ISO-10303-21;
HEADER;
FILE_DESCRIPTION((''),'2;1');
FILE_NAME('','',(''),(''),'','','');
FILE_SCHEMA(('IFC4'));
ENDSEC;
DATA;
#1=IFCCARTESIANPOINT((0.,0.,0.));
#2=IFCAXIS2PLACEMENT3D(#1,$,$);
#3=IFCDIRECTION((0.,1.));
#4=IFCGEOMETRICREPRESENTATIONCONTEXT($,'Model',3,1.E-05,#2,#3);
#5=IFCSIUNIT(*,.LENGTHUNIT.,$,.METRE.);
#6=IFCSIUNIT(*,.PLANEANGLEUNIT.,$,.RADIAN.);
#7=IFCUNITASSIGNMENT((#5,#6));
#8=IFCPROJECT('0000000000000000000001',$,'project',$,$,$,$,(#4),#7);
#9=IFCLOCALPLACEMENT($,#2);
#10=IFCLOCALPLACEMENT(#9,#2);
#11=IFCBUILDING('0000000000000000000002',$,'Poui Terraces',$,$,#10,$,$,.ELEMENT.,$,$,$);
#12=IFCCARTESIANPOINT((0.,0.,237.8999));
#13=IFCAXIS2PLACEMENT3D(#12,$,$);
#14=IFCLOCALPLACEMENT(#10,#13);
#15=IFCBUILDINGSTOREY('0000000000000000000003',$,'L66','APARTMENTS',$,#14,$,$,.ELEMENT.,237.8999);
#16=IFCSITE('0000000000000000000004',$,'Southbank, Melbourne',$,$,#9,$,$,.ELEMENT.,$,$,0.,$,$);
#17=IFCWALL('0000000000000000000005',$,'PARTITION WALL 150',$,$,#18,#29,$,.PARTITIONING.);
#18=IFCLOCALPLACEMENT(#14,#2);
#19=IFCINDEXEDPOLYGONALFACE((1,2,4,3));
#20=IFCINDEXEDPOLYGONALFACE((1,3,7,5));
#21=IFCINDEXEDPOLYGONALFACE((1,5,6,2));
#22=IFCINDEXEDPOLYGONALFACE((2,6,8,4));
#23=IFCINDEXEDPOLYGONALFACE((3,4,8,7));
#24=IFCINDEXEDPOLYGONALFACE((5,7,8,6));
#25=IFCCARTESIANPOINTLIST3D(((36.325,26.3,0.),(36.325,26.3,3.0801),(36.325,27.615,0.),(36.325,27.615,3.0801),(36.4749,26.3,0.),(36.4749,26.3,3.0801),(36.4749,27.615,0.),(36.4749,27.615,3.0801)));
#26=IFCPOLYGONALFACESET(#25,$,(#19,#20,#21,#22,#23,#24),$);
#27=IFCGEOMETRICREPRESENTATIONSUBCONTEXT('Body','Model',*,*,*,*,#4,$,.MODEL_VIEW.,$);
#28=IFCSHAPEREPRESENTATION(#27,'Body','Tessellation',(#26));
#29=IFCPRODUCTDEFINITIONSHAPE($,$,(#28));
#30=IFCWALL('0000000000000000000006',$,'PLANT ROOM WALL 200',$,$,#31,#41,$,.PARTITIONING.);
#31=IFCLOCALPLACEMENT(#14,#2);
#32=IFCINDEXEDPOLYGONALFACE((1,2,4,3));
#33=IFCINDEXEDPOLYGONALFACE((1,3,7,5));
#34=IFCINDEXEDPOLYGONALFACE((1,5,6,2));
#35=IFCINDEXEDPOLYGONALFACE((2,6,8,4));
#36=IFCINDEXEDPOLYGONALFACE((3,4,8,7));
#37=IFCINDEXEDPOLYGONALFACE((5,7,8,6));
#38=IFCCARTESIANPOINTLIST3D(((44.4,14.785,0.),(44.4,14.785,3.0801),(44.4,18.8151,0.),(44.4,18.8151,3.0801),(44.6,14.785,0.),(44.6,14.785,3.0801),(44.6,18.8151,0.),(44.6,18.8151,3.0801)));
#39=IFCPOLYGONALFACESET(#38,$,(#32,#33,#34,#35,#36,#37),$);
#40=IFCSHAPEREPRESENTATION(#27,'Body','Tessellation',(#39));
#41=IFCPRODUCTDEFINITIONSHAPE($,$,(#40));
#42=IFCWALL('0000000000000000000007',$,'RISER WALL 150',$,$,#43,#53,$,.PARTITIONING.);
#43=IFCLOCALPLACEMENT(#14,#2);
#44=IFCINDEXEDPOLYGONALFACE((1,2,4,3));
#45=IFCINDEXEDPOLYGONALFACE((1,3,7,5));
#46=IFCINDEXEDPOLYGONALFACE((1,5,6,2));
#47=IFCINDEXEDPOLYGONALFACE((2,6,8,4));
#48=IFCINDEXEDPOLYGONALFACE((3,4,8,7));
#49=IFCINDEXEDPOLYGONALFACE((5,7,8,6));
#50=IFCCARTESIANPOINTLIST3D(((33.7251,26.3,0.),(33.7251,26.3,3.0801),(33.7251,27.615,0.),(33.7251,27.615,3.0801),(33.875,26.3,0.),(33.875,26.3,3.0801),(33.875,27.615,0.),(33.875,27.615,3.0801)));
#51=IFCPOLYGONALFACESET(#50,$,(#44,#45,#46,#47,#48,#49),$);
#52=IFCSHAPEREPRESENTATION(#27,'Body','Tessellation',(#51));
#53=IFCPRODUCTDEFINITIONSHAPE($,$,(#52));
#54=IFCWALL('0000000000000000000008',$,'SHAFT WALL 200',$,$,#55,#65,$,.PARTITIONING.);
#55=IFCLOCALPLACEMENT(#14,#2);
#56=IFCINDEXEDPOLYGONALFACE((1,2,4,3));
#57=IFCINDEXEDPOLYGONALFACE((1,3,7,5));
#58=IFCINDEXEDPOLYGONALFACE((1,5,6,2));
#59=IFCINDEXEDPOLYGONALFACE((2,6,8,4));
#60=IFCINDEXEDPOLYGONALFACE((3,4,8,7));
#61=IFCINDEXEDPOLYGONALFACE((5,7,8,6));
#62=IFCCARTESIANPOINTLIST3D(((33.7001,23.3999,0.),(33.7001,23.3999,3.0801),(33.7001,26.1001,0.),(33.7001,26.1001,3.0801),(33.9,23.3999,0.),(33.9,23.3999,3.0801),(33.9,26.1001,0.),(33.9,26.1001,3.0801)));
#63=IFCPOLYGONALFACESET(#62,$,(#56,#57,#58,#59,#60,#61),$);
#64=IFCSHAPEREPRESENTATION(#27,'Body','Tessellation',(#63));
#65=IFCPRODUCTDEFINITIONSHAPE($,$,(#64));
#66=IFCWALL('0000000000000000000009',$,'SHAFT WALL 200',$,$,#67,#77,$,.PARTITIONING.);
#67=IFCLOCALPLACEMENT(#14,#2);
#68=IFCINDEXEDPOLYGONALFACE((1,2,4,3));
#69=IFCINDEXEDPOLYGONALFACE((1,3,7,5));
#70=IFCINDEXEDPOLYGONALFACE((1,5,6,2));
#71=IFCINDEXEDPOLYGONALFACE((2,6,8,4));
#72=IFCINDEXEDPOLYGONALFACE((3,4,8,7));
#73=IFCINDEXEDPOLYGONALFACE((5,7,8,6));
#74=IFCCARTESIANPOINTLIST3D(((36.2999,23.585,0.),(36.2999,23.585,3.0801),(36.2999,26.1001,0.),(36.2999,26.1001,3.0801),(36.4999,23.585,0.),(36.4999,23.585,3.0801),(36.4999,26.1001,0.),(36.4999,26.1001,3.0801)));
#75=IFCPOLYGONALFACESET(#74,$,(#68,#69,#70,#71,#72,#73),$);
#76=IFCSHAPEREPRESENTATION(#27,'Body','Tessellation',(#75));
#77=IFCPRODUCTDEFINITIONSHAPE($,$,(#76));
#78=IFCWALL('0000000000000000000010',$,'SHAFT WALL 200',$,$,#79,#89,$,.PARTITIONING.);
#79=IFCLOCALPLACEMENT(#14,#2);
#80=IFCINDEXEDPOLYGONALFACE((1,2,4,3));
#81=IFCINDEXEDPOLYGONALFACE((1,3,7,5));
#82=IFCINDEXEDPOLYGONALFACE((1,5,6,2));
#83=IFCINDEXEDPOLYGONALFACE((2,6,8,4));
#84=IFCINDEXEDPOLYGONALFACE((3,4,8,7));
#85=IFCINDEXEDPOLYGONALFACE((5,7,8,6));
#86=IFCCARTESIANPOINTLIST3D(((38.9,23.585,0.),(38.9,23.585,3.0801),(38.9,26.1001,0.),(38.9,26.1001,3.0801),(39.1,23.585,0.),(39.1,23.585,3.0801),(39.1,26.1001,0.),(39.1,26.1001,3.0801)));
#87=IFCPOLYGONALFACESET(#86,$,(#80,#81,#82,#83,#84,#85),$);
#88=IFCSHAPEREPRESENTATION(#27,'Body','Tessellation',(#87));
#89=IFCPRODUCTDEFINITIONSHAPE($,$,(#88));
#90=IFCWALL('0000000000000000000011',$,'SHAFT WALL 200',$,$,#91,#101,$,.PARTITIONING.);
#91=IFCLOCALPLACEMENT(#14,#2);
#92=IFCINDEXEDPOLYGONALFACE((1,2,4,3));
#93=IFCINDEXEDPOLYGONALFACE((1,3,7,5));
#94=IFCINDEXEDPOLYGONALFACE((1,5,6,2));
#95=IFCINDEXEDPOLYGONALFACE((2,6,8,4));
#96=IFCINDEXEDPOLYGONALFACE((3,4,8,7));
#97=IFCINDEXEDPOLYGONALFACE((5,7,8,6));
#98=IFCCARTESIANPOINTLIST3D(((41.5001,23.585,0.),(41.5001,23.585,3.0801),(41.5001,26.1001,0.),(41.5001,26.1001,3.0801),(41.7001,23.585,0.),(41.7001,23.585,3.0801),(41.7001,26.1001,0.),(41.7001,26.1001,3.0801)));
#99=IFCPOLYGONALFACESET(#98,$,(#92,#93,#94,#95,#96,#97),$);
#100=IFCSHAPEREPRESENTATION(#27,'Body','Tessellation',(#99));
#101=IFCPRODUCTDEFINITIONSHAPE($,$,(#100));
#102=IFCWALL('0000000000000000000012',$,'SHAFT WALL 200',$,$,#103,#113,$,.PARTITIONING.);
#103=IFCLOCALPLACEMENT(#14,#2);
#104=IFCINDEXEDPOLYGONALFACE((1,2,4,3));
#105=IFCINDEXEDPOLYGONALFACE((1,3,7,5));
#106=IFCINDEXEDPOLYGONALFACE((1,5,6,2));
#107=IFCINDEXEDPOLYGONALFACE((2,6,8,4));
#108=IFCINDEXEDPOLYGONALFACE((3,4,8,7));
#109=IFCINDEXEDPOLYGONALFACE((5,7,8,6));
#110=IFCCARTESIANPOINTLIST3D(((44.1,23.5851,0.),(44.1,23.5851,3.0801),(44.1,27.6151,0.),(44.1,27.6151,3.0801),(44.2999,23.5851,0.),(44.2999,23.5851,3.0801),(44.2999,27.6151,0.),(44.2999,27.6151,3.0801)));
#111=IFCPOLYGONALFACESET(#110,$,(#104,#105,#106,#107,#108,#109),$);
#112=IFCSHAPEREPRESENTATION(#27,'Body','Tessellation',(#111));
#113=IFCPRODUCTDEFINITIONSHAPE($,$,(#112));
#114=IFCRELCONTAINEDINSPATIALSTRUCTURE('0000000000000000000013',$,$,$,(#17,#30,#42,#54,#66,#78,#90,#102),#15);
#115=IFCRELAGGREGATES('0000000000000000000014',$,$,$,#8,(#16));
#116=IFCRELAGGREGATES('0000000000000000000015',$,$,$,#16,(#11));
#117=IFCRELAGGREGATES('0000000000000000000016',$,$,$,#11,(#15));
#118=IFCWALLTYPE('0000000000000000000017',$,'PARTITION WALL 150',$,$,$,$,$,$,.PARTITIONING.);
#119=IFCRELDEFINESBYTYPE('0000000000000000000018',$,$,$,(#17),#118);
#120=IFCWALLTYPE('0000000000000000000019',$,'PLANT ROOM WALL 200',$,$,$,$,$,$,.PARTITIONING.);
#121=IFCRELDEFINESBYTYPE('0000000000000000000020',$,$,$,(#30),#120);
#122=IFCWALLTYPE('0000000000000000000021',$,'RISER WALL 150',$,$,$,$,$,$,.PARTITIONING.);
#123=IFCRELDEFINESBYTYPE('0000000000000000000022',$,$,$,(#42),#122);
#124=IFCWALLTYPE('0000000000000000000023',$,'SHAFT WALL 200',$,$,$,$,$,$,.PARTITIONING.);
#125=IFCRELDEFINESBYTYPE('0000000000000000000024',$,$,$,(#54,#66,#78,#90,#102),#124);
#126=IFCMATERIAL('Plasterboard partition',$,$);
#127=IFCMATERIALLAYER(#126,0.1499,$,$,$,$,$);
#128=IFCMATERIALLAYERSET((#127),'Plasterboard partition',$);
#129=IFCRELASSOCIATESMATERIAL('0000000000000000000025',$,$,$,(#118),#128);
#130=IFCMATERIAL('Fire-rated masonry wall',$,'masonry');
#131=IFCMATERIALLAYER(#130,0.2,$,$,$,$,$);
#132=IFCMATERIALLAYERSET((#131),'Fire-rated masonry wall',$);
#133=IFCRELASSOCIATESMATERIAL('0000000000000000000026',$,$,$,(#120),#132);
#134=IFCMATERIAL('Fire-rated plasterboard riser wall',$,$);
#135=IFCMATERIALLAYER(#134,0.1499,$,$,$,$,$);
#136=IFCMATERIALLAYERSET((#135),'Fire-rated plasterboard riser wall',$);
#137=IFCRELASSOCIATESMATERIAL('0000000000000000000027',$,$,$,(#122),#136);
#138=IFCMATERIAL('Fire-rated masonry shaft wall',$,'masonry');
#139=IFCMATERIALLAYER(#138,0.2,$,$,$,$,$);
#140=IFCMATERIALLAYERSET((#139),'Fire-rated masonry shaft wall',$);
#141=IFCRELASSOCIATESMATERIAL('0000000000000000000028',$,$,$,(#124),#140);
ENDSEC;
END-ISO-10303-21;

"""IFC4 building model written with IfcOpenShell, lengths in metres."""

from ifc_helpers import new_model, si_unit, direction, frame, frame_2d, origin, place, context, subcontext, project, spatial, rectangle, extrude, material, layer, layer_set, type_object, element, save


model = new_model("IFC4")

# Units and contexts
model_context = context("Model", 3, precision=1e-05, world=origin(), true_north=direction((0.0, 1.0)))
body_context = subcontext(model_context, "Body", "Model", "MODEL_VIEW")
ifc_project = project(units=[si_unit("LENGTHUNIT", "METRE"), si_unit("PLANEANGLEUNIT", "RADIAN")], contexts=[model_context])

# Site, building, storey
site_placement = place(None, origin())
site = spatial("IfcSite", under=ifc_project, at=site_placement, Name="Southbank, Melbourne", CompositionType="ELEMENT", RefElevation=0.0)
building_placement = place(site_placement, origin())
building = spatial("IfcBuilding", under=site, at=building_placement, Name="Poui Terraces", CompositionType="ELEMENT")
storey_placement = place(building_placement, frame((0.0, 0.0, 237.8999)))
storey = spatial("IfcBuildingStorey", under=building, at=storey_placement, Name="L66", Description="APARTMENTS", CompositionType="ELEMENT", Elevation=237.8999)

# Walls
ifc_material_1 = material(Name="Plasterboard partition")
ifc_layer_1 = layer(ifc_material_1, 0.1499)
ifc_layer_set_1 = layer_set([ifc_layer_1], Name="Plasterboard partition")
wall_type_1 = type_object("IfcWallType", Name="PARTITION WALL 150", PredefinedType="PARTITIONING", material=ifc_layer_set_1)
wall_1_placement = place(storey_placement, frame((36.3999, 26.3, 0.0), z_axis=(0.0, 0.0, 1.0), x_axis=(0.0, 1.0, 0.0)))
element("IfcWall", 1, at=wall_1_placement, inside=storey, type_object=wall_type_1, Name="PARTITION WALL 150", PredefinedType="PARTITIONING", context=body_context, shape_type="SweptSolid", body=[
    extrude(rectangle(XDim=1.3149, YDim=0.1499, at=frame_2d((0.6575, 0.0))), origin(), (0.0, 0.0, 1.0), 3.0801),
])
ifc_material_2 = material(Name="Fire-rated masonry wall", Category="masonry")
ifc_layer_2 = layer(ifc_material_2, 0.2)
ifc_layer_set_2 = layer_set([ifc_layer_2], Name="Fire-rated masonry wall")
wall_type_2 = type_object("IfcWallType", Name="PLANT ROOM WALL 200", PredefinedType="PARTITIONING", material=ifc_layer_set_2)
wall_2_placement = place(storey_placement, frame((44.5, 14.7849, 0.0), z_axis=(0.0, 0.0, 1.0), x_axis=(0.0, 1.0, 0.0)))
element("IfcWall", 2, at=wall_2_placement, inside=storey, type_object=wall_type_2, Name="PLANT ROOM WALL 200", PredefinedType="PARTITIONING", context=body_context, shape_type="SweptSolid", body=[
    extrude(rectangle(XDim=4.03, YDim=0.2, at=frame_2d((2.0151, 0.0))), origin(), (0.0, 0.0, 1.0), 3.0801),
])
ifc_material_3 = material(Name="Fire-rated plasterboard riser wall")
ifc_layer_3 = layer(ifc_material_3, 0.1499)
ifc_layer_set_3 = layer_set([ifc_layer_3], Name="Fire-rated plasterboard riser wall")
wall_type_3 = type_object("IfcWallType", Name="RISER WALL 150", PredefinedType="PARTITIONING", material=ifc_layer_set_3)
wall_3_placement = place(storey_placement, frame((33.8, 26.3, 0.0), z_axis=(0.0, 0.0, 1.0), x_axis=(0.0, 1.0, 0.0)))
element("IfcWall", 3, at=wall_3_placement, inside=storey, type_object=wall_type_3, Name="RISER WALL 150", PredefinedType="PARTITIONING", context=body_context, shape_type="SweptSolid", body=[
    extrude(rectangle(XDim=1.3149, YDim=0.1499, at=frame_2d((0.6575, 0.0))), origin(), (0.0, 0.0, 1.0), 3.0801),
])
ifc_material_4 = material(Name="Fire-rated masonry shaft wall", Category="masonry")
ifc_layer_4 = layer(ifc_material_4, 0.2)
ifc_layer_set_4 = layer_set([ifc_layer_4], Name="Fire-rated masonry shaft wall")
wall_type_4 = type_object("IfcWallType", Name="SHAFT WALL 200", PredefinedType="PARTITIONING", material=ifc_layer_set_4)
wall_4_placement = place(storey_placement, frame((33.8, 23.3999, 0.0), z_axis=(0.0, 0.0, 1.0), x_axis=(0.0, 1.0, 0.0)))
element("IfcWall", 4, at=wall_4_placement, inside=storey, type_object=wall_type_4, Name="SHAFT WALL 200", PredefinedType="PARTITIONING", context=body_context, shape_type="SweptSolid", body=[
    extrude(rectangle(XDim=2.7002, YDim=0.2, at=frame_2d((1.3501, 0.0))), origin(), (0.0, 0.0, 1.0), 3.0801),
])
for number, where, z_axis, x_axis, name in (
    (5, (36.3999, 23.585, 0.0), (0.0, 0.0, 1.0), (0.0, 1.0, 0.0), "SHAFT WALL 200"),
    (6, (39.0, 23.585, 0.0), (0.0, 0.0, 1.0), (0.0, 1.0, 0.0), "SHAFT WALL 200"),
    (7, (41.6001, 23.585, 0.0), (0.0, 0.0, 1.0), (0.0, 1.0, 0.0), "SHAFT WALL 200"),
):
    element("IfcWall", number, at=place(storey_placement, frame(where, z_axis=z_axis, x_axis=x_axis)), inside=storey, type_object=wall_type_4, Name=name, PredefinedType="PARTITIONING", context=body_context, shape_type="SweptSolid", body=[
        extrude(rectangle(XDim=2.5151, YDim=0.2, at=frame_2d((1.2576, 0.0))), origin(), (0.0, 0.0, 1.0), 3.0801),
    ])
wall_5_placement = place(storey_placement, frame((44.2, 23.585, 0.0), z_axis=(0.0, 0.0, 1.0), x_axis=(0.0, 1.0, 0.0)))
element("IfcWall", 8, at=wall_5_placement, inside=storey, type_object=wall_type_4, Name="SHAFT WALL 200", PredefinedType="PARTITIONING", context=body_context, shape_type="SweptSolid", body=[
    extrude(rectangle(XDim=4.03, YDim=0.2, at=frame_2d((2.0151, 0.0))), origin(), (0.0, 0.0, 1.0), 3.0801),
])

save(model, "model.ifc")
